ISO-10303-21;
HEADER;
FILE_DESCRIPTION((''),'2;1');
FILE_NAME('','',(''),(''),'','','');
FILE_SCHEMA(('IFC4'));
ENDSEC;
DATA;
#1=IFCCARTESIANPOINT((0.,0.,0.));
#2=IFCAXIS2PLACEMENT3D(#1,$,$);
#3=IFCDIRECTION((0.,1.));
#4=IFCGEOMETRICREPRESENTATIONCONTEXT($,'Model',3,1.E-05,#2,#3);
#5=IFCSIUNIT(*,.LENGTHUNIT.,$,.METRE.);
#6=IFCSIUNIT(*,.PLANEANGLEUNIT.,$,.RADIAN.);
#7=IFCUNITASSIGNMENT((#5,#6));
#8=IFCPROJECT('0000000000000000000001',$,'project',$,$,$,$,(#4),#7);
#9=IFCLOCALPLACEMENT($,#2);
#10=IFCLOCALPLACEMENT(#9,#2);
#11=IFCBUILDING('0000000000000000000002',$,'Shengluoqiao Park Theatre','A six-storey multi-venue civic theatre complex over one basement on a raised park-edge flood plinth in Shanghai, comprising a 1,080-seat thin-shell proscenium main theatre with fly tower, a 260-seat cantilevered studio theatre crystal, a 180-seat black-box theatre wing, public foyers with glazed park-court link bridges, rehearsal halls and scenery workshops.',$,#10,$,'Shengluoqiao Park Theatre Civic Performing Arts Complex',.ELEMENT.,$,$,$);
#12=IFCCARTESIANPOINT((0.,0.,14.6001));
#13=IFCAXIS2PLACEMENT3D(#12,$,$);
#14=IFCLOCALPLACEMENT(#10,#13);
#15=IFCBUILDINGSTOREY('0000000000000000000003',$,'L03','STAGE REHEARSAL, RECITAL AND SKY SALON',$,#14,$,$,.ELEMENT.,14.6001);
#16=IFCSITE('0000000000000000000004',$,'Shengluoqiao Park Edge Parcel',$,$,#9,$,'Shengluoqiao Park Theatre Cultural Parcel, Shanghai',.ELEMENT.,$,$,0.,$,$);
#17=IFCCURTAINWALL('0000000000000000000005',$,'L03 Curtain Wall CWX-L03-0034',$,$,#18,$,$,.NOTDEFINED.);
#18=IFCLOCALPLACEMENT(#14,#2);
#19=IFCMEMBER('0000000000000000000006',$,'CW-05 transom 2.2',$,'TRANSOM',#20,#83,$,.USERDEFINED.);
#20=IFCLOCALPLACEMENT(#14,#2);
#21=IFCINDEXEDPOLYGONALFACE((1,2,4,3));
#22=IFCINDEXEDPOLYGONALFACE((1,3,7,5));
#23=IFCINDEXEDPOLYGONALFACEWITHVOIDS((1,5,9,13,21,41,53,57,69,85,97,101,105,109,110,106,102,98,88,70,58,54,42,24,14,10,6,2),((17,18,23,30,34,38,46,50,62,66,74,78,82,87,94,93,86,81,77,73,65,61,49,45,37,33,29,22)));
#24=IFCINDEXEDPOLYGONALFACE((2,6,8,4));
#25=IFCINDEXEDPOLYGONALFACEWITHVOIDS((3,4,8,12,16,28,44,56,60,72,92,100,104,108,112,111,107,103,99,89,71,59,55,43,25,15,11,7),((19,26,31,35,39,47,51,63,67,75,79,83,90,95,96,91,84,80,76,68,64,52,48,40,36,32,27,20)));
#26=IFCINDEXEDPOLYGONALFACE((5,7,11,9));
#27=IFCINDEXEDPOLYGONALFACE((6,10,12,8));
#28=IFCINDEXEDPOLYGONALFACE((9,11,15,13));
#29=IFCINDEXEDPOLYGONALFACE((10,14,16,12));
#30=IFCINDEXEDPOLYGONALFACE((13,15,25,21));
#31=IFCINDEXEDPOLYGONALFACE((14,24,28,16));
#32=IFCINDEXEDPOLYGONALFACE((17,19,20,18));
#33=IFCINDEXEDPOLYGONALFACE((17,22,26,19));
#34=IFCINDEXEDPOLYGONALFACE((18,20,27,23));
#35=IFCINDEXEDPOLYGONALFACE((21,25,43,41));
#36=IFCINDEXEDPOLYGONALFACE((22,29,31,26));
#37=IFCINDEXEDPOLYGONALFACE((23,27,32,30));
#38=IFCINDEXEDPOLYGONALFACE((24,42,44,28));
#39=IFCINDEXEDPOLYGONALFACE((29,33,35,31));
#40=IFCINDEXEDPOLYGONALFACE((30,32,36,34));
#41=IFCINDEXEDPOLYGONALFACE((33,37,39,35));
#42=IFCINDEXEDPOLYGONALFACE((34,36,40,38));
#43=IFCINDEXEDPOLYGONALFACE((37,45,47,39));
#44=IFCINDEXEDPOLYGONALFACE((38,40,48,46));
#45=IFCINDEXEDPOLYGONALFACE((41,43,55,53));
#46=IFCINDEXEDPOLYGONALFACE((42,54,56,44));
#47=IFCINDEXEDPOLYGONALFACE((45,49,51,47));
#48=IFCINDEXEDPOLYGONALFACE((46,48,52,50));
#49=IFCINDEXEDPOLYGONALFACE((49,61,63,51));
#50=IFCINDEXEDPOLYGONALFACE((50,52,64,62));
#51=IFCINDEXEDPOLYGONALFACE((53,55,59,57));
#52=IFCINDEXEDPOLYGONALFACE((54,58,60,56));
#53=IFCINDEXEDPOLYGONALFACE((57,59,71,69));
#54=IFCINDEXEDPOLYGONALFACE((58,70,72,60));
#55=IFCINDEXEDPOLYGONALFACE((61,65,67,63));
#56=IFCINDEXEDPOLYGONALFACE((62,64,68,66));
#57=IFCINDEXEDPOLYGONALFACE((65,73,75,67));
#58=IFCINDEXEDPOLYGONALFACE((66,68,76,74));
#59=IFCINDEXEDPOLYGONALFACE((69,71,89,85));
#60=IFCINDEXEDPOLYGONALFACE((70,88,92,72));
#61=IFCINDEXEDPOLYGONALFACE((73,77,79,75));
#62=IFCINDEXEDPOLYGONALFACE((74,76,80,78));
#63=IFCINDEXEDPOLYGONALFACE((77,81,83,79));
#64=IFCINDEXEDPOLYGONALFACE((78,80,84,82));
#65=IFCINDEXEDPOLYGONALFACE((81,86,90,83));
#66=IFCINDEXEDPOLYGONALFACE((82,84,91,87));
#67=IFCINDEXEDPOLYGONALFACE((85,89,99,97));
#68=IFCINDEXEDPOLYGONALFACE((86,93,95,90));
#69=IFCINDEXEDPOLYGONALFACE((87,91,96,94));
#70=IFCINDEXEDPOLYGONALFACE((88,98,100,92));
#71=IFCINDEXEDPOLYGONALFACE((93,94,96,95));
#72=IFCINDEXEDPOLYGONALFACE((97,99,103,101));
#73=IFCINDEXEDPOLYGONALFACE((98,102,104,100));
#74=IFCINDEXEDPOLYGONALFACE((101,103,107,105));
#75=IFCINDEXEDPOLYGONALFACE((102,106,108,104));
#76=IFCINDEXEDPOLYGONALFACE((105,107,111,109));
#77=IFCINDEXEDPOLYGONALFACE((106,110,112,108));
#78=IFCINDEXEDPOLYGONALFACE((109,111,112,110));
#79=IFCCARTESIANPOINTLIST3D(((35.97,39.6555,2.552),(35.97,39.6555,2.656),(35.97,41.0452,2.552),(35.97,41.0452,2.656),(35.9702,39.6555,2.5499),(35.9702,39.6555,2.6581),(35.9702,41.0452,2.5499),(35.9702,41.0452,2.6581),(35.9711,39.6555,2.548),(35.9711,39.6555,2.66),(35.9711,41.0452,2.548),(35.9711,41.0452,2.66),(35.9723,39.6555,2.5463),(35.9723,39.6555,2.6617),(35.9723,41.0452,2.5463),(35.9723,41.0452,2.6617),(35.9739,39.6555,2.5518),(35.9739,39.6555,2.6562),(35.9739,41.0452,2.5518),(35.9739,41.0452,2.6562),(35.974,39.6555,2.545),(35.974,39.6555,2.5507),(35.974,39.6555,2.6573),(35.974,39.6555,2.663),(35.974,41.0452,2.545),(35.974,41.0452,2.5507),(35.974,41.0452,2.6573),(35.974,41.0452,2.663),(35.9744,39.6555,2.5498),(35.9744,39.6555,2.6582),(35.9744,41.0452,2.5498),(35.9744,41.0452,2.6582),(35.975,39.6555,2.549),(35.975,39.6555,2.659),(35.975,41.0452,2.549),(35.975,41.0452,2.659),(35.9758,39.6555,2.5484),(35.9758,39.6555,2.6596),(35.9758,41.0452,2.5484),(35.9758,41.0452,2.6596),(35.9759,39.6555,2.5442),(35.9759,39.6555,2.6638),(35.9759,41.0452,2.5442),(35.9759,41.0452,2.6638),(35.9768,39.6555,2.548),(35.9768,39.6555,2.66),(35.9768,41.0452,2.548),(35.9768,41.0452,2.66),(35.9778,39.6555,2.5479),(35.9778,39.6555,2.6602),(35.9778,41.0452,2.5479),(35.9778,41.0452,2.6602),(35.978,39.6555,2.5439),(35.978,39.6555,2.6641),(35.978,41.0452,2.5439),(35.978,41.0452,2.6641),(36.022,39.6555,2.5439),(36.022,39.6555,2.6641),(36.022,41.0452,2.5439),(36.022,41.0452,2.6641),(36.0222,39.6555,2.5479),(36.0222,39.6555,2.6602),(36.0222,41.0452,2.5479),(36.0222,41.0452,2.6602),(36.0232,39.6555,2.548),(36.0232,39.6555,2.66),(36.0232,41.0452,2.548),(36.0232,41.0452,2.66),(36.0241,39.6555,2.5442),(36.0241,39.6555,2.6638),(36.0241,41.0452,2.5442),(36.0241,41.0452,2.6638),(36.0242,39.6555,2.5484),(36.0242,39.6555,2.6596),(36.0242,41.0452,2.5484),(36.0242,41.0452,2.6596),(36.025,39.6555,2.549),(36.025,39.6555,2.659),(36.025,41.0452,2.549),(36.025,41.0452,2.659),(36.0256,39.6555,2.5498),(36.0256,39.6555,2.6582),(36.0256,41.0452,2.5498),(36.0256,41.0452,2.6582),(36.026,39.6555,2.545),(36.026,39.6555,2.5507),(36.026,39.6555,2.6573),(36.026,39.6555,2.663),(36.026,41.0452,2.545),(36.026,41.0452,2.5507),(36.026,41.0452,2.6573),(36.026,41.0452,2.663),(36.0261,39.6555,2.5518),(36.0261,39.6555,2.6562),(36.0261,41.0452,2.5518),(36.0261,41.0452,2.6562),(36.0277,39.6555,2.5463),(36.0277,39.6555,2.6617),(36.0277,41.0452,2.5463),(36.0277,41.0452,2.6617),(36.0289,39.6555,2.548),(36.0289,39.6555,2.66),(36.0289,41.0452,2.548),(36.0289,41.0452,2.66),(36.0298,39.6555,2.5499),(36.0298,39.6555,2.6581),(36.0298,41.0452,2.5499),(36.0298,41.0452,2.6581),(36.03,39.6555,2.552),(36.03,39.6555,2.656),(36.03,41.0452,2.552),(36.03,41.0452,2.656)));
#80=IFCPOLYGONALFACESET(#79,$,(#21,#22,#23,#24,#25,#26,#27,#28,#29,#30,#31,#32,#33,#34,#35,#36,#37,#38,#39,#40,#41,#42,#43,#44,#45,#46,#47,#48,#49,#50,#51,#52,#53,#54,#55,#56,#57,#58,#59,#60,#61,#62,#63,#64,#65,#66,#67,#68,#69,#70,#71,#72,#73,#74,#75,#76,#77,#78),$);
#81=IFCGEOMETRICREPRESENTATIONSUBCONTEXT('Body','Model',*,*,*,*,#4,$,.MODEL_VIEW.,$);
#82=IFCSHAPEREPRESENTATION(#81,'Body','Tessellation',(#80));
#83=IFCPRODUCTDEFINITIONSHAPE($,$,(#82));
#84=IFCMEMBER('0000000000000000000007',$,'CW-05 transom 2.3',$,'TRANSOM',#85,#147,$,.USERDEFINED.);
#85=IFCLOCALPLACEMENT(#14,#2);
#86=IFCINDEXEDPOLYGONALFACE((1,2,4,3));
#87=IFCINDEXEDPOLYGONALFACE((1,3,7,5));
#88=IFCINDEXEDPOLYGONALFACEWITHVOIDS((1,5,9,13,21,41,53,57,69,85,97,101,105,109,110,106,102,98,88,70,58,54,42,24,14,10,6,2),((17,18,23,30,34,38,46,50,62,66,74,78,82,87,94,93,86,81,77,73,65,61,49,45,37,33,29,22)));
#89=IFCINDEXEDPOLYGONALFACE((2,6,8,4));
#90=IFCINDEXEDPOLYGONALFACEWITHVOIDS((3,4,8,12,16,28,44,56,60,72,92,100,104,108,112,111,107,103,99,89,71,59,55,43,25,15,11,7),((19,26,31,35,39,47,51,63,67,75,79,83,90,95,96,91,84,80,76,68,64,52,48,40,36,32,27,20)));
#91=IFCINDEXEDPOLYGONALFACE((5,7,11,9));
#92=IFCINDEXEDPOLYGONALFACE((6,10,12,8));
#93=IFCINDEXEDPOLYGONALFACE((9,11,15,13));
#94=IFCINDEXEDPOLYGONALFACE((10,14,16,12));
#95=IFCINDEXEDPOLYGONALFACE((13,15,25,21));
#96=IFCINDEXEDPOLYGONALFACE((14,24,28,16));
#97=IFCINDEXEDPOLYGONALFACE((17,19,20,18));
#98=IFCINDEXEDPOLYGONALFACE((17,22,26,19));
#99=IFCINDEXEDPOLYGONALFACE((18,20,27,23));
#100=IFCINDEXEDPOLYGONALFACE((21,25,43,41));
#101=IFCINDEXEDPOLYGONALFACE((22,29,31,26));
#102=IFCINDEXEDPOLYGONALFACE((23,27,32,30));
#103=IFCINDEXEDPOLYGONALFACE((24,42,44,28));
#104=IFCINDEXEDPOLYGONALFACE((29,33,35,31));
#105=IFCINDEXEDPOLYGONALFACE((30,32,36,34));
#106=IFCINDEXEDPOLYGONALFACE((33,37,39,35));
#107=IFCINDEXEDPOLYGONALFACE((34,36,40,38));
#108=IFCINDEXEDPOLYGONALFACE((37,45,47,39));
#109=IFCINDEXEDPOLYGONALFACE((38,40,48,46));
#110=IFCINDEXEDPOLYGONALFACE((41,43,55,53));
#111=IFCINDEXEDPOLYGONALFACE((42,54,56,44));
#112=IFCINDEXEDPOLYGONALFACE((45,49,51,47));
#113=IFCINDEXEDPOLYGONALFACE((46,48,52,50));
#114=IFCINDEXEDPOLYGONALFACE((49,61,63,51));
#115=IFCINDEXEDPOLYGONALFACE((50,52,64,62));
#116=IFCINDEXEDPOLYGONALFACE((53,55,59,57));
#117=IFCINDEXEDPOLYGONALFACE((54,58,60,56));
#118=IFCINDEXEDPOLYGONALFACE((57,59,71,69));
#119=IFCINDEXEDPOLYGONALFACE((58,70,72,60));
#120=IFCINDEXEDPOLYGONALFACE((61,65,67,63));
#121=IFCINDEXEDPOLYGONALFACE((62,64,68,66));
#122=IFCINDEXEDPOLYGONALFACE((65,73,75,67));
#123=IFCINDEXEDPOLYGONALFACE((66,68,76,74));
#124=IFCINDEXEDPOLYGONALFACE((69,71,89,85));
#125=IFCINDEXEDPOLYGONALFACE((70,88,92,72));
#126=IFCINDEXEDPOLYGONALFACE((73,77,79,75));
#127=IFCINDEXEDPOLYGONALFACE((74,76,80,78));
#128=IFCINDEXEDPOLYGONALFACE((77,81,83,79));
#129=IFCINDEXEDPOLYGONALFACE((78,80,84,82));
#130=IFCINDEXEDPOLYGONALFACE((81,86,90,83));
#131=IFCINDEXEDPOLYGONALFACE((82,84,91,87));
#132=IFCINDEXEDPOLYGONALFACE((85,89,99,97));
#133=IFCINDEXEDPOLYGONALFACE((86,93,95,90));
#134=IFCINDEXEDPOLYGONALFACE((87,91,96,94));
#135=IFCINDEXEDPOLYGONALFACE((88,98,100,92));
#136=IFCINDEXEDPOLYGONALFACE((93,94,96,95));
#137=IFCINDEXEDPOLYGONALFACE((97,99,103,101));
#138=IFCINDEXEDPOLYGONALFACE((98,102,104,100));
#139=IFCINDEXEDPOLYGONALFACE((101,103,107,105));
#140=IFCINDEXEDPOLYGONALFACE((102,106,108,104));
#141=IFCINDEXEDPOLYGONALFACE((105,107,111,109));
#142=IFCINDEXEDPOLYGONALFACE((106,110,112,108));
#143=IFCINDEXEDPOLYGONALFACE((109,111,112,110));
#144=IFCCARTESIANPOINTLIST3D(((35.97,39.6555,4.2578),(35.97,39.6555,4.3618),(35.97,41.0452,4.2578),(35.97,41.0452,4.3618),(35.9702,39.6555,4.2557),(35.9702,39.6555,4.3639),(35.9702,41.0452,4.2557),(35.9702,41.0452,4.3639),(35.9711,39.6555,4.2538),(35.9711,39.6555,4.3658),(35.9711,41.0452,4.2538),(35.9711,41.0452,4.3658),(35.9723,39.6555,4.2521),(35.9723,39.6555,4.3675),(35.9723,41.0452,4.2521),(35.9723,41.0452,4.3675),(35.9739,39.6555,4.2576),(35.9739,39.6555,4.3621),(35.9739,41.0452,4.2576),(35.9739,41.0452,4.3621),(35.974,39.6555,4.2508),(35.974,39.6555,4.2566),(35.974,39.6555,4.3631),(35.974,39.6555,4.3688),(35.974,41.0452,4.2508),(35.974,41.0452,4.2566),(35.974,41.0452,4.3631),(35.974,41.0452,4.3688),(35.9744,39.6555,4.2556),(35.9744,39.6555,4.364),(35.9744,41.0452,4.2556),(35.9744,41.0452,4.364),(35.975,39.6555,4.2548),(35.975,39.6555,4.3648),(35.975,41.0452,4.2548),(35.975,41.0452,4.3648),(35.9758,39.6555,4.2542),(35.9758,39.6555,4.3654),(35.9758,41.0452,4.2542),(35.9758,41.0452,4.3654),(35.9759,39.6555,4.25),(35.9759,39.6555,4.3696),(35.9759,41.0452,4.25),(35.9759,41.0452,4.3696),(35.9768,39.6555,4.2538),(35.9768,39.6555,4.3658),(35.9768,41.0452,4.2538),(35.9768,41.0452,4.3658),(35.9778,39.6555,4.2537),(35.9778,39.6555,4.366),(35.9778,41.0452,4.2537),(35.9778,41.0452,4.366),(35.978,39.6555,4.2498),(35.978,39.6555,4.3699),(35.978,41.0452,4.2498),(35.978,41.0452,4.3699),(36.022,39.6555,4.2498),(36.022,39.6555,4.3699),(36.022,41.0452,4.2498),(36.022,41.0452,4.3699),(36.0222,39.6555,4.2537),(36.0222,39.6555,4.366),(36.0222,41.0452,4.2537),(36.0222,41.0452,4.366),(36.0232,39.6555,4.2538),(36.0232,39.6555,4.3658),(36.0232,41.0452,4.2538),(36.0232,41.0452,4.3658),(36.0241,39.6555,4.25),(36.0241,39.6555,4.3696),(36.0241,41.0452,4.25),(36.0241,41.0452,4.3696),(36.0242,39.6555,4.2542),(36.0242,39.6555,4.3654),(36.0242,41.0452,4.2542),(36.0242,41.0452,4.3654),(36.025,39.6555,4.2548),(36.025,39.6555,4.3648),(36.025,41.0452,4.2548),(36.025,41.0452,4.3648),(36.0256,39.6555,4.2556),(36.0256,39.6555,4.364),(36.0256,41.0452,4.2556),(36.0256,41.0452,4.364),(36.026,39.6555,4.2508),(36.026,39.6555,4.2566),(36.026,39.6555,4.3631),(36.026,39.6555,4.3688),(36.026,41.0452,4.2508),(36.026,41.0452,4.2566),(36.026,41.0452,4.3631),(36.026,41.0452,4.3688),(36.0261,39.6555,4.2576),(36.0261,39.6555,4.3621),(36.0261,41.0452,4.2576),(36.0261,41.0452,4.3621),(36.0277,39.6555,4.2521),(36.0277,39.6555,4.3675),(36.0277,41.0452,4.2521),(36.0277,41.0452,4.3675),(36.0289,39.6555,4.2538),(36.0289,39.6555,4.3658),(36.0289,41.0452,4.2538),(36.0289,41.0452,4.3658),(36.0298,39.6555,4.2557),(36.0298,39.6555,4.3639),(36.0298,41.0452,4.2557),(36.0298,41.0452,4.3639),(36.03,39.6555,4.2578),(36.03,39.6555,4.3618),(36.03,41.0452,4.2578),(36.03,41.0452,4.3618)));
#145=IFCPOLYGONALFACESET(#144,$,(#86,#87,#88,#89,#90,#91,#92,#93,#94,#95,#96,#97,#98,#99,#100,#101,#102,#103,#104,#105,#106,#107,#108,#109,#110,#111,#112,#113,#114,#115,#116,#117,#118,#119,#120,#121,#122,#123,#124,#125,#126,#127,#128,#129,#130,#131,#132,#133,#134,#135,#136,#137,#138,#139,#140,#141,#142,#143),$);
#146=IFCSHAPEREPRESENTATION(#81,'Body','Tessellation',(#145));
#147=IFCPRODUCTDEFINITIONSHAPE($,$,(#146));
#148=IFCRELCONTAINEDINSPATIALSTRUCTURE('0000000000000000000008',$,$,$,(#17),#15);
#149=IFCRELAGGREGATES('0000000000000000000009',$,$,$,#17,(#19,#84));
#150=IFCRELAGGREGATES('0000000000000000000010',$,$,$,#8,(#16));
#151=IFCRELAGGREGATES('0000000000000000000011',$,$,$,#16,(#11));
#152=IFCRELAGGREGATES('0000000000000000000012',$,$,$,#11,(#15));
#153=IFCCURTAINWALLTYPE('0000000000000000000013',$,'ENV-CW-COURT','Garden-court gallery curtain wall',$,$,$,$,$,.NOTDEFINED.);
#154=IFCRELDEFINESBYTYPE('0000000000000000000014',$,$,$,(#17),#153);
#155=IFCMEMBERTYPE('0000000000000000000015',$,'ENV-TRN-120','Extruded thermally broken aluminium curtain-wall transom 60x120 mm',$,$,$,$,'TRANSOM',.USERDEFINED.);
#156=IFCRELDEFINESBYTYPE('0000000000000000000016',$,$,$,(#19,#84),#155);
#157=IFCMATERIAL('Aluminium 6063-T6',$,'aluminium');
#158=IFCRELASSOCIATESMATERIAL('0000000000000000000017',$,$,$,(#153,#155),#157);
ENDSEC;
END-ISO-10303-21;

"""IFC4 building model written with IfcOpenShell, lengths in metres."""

from ifc_helpers import new_model, si_unit, direction, frame, origin, origin_2d, place, context, subcontext, project, spatial, hollow_rectangle, extrude, material, material_profile, profile_set, type_object, element, aggregate, save


model = new_model("IFC4")

# Units and contexts
model_context = context("Model", 3, precision=1e-05, world=origin(), true_north=direction((0.0, 1.0)))
body_context = subcontext(model_context, "Body", "Model", "MODEL_VIEW")
ifc_project = project(units=[si_unit("LENGTHUNIT", "METRE"), si_unit("PLANEANGLEUNIT", "RADIAN")], contexts=[model_context])

# Site, building, storey
site_placement = place(None, origin())
site = spatial("IfcSite", under=ifc_project, at=site_placement, Name="Shengluoqiao Park Edge Parcel", LongName="Shengluoqiao Park Theatre Cultural Parcel, Shanghai", CompositionType="ELEMENT", RefElevation=0.0)
building_placement = place(site_placement, origin())
building = spatial("IfcBuilding", under=site, at=building_placement, Name="Shengluoqiao Park Theatre", Description="A six-storey multi-venue civic theatre complex over one basement on a raised park-edge flood plinth in Shanghai, comprising a 1,080-seat thin-shell proscenium main theatre with fly tower, a 260-seat cantilevered studio theatre crystal, a 180-seat black-box theatre wing, public foyers with glazed park-court link bridges, rehearsal halls and scenery workshops.", LongName="Shengluoqiao Park Theatre Civic Performing Arts Complex", CompositionType="ELEMENT")
storey_placement = place(building_placement, frame((0.0, 0.0, 14.6001)))
storey = spatial("IfcBuildingStorey", under=building, at=storey_placement, Name="L03", Description="STAGE REHEARSAL, RECITAL AND SKY SALON", CompositionType="ELEMENT", Elevation=14.6001)

# Curtain wall, members
ifc_material_1 = material(Name="Aluminium 6063-T6", Category="aluminium")
curtain_wall_type = type_object("IfcCurtainWallType", Name="ENV-CW-COURT", Description="Garden-court gallery curtain wall", PredefinedType="NOTDEFINED", material=ifc_material_1)
curtain_wall_placement = place(storey_placement, origin())
curtain_wall = element("IfcCurtainWall", 1, at=curtain_wall_placement, inside=storey, type_object=curtain_wall_type, Name="L03 Curtain Wall CWX-L03-0034", PredefinedType="NOTDEFINED")
ifc_material_profile_1 = material_profile(ifc_material_1, hollow_rectangle(XDim=0.0601, YDim=0.1201, WallThickness=0.0039, InnerFilletRadius=0.0039, OuterFilletRadius=0.0081, at=origin_2d()), Name="ALU TRANSOM 120x60x4")
ifc_profile_set_1 = profile_set([ifc_material_profile_1], Name="Aluminium 6063-T6")
member_type_1 = type_object("IfcMemberType", Name="ENV-TRN-120", Description="Extruded thermally broken aluminium curtain-wall transom 60x120 mm", ElementType="TRANSOM", PredefinedType="USERDEFINED", material=ifc_profile_set_1)
member_1_placement = place(storey_placement, frame((36.0, 39.6555, 2.604), z_axis=(0.0, 1.0, 0.0), x_axis=(-1.0, 0.0, 0.0)))
member_1 = element("IfcMember", 2, at=member_1_placement, type_object=member_type_1, Name="CW-05 transom 2.2", ObjectType="TRANSOM", PredefinedType="USERDEFINED", context=body_context, shape_type="SweptSolid", body=[
    extrude(hollow_rectangle(XDim=0.0601, YDim=0.1201, WallThickness=0.0039, InnerFilletRadius=0.0039, OuterFilletRadius=0.0081, at=origin_2d()), origin(), (0.0, 0.0, 1.0), 1.3896),
])
member_2_placement = place(storey_placement, frame((36.0, 39.6555, 4.3098), z_axis=(0.0, 1.0, 0.0), x_axis=(-1.0, 0.0, 0.0)))
member_2 = element("IfcMember", 3, at=member_2_placement, type_object=member_type_1, Name="CW-05 transom 2.3", ObjectType="TRANSOM", PredefinedType="USERDEFINED", context=body_context, shape_type="SweptSolid", body=[
    extrude(hollow_rectangle(XDim=0.0601, YDim=0.1201, WallThickness=0.0039, InnerFilletRadius=0.0039, OuterFilletRadius=0.0081, at=origin_2d()), origin(), (0.0, 0.0, 1.0), 1.3896),
])

aggregate(curtain_wall, [member_1, member_2])

save(model, "model.ifc")
